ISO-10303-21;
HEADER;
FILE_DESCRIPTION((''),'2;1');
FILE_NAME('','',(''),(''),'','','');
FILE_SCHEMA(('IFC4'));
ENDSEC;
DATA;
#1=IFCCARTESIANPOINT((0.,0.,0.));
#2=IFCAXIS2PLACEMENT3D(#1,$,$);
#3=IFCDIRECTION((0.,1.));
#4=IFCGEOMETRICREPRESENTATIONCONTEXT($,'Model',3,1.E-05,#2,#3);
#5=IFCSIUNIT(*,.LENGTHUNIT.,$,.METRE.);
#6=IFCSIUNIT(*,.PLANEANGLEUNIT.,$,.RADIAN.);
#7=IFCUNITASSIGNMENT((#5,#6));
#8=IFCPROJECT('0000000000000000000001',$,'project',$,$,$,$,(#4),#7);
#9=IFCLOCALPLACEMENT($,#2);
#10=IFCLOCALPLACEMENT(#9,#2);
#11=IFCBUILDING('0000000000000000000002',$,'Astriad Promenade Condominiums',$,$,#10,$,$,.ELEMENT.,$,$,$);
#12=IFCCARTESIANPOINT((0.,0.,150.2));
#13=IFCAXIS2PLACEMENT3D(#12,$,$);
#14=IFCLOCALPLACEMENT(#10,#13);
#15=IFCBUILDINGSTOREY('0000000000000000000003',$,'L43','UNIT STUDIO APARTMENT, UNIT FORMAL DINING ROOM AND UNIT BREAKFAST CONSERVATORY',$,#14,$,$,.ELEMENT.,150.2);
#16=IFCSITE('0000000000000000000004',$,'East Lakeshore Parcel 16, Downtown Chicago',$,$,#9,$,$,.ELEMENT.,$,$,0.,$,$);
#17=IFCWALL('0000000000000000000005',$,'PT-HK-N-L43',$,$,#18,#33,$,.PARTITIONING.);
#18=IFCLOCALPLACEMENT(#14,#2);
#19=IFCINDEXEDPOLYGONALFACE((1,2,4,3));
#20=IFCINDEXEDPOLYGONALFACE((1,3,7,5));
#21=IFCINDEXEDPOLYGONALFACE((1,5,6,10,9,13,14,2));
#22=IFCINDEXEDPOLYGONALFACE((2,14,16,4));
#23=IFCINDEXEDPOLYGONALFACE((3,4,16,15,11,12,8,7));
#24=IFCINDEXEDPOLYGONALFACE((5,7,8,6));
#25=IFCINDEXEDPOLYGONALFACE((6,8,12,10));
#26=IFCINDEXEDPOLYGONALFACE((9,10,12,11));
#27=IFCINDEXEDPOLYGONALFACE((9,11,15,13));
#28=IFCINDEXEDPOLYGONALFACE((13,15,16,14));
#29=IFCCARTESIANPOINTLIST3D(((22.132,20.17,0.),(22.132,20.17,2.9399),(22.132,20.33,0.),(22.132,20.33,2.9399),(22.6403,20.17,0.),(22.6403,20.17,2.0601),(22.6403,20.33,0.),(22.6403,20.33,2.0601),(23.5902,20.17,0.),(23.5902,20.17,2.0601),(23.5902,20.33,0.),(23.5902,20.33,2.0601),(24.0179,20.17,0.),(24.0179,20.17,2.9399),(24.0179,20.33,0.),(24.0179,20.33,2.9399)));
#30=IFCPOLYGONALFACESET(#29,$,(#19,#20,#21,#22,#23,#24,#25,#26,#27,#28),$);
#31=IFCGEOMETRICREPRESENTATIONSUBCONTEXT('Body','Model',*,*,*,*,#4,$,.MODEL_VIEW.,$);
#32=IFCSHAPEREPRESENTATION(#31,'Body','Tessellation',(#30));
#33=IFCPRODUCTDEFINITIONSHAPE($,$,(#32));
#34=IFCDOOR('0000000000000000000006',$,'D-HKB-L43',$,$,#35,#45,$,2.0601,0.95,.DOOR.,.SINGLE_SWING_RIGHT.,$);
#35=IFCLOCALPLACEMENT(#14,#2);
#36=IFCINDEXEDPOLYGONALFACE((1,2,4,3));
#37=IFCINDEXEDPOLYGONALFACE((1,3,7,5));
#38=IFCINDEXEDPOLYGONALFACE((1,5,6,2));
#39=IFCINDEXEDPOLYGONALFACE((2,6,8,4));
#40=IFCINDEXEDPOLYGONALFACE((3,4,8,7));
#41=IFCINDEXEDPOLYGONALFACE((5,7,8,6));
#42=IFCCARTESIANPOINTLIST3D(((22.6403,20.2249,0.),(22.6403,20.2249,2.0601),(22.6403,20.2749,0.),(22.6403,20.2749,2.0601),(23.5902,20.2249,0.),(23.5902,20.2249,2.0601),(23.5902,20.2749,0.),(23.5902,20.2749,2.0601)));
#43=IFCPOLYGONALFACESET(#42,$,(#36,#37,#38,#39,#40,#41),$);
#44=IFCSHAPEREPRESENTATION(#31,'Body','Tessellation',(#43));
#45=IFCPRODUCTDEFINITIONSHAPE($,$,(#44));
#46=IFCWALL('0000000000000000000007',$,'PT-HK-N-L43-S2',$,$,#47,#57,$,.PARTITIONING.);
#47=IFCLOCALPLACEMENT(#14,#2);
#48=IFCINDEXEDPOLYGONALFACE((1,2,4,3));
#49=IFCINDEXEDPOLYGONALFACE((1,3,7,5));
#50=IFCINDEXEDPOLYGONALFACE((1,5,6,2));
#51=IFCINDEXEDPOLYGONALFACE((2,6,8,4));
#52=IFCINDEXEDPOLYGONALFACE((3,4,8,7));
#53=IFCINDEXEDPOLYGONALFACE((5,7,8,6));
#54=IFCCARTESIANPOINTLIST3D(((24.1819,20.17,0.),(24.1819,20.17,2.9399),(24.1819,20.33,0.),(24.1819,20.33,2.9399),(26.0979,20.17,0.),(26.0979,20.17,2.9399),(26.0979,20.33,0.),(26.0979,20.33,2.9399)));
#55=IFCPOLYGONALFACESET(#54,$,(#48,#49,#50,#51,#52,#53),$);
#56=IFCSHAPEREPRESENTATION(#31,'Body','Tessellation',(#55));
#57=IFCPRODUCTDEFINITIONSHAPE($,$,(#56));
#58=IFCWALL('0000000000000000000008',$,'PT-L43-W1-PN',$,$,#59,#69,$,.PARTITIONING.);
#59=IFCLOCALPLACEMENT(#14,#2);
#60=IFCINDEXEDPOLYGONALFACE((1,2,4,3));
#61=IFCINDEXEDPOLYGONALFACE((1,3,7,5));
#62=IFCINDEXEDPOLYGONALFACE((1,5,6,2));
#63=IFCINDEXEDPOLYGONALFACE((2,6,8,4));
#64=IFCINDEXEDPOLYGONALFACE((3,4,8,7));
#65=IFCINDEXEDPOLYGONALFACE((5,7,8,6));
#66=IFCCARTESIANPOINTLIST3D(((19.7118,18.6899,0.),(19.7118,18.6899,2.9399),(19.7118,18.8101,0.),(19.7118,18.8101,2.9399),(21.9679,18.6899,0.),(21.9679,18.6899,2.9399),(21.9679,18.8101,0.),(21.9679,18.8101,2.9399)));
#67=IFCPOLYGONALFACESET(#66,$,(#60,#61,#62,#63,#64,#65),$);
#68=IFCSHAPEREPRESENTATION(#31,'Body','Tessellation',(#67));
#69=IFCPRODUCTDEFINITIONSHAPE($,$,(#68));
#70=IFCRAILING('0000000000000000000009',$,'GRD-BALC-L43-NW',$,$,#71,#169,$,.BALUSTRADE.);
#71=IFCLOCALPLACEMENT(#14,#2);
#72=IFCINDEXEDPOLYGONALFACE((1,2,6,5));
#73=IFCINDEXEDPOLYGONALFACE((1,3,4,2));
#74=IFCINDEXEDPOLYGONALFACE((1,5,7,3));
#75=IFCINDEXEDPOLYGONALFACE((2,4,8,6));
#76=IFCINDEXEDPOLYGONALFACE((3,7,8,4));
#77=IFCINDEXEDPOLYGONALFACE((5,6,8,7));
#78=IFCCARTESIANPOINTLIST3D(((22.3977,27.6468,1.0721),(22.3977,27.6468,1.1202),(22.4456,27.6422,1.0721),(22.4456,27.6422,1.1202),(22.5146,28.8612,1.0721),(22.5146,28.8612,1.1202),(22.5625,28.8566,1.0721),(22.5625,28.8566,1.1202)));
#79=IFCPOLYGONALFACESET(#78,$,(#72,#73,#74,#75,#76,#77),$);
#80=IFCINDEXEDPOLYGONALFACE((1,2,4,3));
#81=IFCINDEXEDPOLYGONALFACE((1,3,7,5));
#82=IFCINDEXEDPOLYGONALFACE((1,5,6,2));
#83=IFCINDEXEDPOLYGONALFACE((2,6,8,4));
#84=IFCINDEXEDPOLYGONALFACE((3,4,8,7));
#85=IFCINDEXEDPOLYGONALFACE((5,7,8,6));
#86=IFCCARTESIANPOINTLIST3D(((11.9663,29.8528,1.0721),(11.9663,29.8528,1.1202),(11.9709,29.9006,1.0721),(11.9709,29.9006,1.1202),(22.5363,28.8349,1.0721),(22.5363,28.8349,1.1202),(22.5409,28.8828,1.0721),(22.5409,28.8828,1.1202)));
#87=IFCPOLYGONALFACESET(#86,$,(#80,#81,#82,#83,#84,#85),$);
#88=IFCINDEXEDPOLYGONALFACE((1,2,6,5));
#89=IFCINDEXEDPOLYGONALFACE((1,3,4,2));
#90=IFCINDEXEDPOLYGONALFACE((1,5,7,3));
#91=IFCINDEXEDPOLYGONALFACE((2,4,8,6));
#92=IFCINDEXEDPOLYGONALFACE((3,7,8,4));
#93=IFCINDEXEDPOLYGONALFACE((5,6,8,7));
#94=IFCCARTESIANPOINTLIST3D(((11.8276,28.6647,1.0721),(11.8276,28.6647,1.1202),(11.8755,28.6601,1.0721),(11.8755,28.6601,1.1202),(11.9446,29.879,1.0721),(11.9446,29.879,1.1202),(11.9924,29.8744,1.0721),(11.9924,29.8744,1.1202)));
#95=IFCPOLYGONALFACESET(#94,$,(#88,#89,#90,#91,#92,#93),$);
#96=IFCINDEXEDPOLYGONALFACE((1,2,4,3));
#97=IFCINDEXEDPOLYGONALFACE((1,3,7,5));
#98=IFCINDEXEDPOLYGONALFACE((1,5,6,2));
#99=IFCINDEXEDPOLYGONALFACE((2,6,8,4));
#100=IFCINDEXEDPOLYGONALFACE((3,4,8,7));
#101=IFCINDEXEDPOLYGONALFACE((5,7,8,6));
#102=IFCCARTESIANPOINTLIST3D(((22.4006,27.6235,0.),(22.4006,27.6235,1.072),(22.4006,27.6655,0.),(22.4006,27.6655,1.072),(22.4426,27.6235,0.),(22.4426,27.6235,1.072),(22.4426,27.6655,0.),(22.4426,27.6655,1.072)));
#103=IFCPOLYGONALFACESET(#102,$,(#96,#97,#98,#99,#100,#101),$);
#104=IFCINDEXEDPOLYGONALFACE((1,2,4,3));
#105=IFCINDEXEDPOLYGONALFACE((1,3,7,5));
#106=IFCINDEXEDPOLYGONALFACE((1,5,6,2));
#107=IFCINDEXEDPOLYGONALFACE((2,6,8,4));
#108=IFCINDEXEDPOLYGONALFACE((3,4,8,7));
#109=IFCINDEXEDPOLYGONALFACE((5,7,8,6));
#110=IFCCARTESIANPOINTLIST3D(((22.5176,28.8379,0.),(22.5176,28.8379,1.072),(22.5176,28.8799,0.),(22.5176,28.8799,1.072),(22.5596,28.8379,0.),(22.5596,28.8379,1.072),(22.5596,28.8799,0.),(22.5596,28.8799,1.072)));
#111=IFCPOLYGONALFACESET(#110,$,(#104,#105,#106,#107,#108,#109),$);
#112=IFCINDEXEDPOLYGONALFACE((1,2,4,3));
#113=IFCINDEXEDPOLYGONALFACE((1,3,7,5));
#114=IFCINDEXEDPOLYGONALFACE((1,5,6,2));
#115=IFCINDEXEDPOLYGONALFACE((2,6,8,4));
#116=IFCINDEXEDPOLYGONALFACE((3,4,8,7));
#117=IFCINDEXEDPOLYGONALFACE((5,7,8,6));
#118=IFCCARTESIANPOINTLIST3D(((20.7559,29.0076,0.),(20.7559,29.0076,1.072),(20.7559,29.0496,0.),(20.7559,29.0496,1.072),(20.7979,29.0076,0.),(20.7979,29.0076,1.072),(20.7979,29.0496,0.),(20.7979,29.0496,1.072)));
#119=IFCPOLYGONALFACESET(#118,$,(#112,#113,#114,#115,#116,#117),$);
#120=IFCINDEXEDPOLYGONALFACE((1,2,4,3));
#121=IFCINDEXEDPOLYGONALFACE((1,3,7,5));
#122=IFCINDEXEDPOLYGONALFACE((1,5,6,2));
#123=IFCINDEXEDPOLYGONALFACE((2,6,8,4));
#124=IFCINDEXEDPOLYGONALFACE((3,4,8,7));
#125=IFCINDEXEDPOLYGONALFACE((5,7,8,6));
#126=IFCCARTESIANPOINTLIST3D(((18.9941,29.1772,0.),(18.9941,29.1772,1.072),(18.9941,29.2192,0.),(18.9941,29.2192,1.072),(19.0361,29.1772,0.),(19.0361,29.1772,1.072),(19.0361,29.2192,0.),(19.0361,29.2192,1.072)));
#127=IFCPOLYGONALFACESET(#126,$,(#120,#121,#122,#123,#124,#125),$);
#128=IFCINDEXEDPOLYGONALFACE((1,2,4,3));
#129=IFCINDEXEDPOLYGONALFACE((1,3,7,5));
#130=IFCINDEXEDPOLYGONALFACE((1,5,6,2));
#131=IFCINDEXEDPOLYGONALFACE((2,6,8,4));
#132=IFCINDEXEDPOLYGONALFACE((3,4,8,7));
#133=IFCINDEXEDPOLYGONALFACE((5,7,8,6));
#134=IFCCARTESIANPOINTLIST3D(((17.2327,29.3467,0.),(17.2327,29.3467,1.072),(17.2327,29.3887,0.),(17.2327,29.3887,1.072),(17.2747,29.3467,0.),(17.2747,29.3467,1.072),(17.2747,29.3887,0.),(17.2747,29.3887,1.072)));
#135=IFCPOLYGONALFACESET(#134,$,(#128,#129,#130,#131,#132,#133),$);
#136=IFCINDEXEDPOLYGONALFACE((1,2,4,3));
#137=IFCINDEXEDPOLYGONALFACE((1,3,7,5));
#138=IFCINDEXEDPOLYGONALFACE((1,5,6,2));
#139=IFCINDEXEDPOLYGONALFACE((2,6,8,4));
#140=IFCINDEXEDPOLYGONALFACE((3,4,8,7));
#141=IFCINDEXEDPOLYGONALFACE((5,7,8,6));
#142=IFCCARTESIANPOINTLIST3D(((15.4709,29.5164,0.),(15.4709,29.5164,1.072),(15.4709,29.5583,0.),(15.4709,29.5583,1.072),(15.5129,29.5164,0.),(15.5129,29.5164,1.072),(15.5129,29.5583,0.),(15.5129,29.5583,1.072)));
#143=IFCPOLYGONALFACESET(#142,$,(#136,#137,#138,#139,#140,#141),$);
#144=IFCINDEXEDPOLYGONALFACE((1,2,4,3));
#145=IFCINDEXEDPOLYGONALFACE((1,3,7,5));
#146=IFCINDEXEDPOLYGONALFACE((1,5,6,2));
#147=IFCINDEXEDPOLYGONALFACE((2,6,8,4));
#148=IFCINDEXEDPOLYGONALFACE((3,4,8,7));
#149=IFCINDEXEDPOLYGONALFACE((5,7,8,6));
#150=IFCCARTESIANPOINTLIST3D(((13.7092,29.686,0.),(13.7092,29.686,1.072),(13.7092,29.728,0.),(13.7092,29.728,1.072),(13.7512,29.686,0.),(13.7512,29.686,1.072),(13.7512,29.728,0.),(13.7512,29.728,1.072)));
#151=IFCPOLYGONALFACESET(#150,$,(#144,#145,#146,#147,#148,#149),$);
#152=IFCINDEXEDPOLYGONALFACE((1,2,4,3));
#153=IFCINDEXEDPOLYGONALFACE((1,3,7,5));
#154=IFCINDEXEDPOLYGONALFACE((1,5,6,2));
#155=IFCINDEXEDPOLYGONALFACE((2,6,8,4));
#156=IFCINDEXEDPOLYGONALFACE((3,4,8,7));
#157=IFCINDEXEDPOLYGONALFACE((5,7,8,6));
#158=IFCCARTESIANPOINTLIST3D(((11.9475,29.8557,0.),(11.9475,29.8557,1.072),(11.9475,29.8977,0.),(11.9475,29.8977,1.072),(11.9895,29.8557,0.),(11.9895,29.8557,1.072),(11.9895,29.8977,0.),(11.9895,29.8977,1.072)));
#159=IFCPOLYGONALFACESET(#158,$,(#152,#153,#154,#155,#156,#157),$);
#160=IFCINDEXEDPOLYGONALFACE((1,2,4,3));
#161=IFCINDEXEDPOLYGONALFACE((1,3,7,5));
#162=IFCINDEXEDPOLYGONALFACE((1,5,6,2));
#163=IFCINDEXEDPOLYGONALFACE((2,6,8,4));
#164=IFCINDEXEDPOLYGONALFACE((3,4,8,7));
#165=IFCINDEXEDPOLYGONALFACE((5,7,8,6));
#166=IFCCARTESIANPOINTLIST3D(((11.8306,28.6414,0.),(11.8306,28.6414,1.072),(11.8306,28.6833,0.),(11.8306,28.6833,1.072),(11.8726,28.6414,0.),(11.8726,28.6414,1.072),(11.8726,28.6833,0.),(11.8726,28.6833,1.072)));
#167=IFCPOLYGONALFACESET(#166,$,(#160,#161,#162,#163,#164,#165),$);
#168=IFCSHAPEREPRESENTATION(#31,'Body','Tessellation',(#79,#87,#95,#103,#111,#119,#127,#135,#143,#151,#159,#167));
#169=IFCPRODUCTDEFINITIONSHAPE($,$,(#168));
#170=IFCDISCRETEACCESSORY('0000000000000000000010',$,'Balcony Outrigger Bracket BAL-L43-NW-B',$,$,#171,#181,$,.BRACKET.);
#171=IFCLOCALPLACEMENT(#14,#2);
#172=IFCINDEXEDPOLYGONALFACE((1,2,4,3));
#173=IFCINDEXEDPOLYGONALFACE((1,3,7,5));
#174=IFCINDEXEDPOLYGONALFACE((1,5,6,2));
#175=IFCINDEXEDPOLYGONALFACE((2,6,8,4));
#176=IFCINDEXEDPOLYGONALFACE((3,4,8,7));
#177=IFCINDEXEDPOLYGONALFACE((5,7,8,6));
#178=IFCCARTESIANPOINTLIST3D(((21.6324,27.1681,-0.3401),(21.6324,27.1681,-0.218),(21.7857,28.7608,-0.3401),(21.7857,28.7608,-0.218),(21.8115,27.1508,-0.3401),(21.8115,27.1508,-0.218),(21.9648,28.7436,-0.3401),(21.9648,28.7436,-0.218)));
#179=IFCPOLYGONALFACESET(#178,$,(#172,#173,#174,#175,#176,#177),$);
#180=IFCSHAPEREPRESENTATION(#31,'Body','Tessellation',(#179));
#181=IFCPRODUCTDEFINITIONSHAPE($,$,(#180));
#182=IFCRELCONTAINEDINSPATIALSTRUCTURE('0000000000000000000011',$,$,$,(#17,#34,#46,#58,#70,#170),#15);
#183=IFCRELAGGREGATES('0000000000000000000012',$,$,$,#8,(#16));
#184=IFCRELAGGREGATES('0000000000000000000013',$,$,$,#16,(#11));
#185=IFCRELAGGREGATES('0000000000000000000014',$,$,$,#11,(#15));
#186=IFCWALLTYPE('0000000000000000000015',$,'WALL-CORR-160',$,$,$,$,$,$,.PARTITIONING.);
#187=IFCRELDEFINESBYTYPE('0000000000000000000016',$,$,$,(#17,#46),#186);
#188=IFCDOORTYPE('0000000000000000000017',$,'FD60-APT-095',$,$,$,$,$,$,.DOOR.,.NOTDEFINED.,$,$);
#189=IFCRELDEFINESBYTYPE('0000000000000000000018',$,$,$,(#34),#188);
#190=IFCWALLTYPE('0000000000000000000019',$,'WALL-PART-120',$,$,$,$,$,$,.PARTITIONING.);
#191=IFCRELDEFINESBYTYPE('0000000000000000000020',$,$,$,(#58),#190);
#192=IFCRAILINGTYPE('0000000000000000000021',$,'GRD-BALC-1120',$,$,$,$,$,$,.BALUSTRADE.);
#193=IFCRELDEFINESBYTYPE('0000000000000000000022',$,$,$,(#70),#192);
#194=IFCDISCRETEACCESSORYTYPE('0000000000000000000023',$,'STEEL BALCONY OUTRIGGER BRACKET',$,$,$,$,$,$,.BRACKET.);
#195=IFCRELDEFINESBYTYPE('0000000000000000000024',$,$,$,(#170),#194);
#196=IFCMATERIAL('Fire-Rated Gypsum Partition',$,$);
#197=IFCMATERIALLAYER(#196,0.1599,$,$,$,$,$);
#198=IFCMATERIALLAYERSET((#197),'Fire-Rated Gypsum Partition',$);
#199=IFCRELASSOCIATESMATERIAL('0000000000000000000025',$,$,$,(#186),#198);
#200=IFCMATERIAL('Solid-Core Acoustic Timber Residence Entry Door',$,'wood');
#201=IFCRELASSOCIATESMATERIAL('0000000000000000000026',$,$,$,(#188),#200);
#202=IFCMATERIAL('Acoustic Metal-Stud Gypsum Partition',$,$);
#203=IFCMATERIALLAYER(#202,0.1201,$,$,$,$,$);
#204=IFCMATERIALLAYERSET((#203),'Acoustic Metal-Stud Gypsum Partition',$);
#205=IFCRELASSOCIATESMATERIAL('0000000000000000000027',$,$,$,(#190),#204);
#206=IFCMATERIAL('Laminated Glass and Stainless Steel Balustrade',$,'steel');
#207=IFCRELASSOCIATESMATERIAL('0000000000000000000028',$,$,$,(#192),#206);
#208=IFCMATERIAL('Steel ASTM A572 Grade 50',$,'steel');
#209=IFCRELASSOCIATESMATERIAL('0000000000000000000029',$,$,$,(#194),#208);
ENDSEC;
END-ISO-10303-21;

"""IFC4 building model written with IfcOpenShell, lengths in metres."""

from ifc_helpers import new_model, si_unit, direction, frame, frame_2d, origin, origin_2d, place, context, subcontext, project, spatial, rectangle, extrude, source, transform, mapped, material, layer, layer_set, type_object, type_shapes, element, fill, save


model = new_model("IFC4")

# Units and contexts
model_context = context("Model", 3, precision=1e-05, world=origin(), true_north=direction((0.0, 1.0)))
body_context = subcontext(model_context, "Body", "Model", "MODEL_VIEW")
ifc_project = project(units=[si_unit("LENGTHUNIT", "METRE"), si_unit("PLANEANGLEUNIT", "RADIAN")], contexts=[model_context])

# Site, building, storey
site_placement = place(None, origin())
site = spatial("IfcSite", under=ifc_project, at=site_placement, Name="East Lakeshore Parcel 16, Downtown Chicago", CompositionType="ELEMENT", RefElevation=0.0)
building_placement = place(site_placement, origin())
building = spatial("IfcBuilding", under=site, at=building_placement, Name="Astriad Promenade Condominiums", CompositionType="ELEMENT")
storey_placement = place(building_placement, frame((0.0, 0.0, 150.2)))
storey = spatial("IfcBuildingStorey", under=building, at=storey_placement, Name="L43", Description="UNIT STUDIO APARTMENT, UNIT FORMAL DINING ROOM AND UNIT BREAKFAST CONSERVATORY", CompositionType="ELEMENT", Elevation=150.2)

# Wall, opening, door
ifc_material_1 = material(Name="Fire-Rated Gypsum Partition")
ifc_layer_1 = layer(ifc_material_1, 0.1599)
ifc_layer_set_1 = layer_set([ifc_layer_1], Name="Fire-Rated Gypsum Partition")
wall_type_1 = type_object("IfcWallType", Name="WALL-CORR-160", PredefinedType="PARTITIONING", material=ifc_layer_set_1)
wall_1_placement = place(storey_placement, frame((22.1321, 20.25, 0.0), z_axis=(0.0, 0.0, 1.0), x_axis=(1.0, 0.0, 0.0)))
wall_1 = element("IfcWall", 1, at=wall_1_placement, inside=storey, type_object=wall_type_1, Name="PT-HK-N-L43", PredefinedType="PARTITIONING", context=body_context, shape_type="SweptSolid", body=[
    extrude(rectangle(XDim=1.886, YDim=0.1599, at=frame_2d((0.9429, 0.0))), origin(), (0.0, 0.0, 1.0), 2.9399),
])
opening_1_placement = place(wall_1_placement, frame((0.5081, 0.0, 0.0)))
opening_1 = element("IfcOpeningElement", 2, at=opening_1_placement, cuts=wall_1, PredefinedType="OPENING", context=body_context, shape_type="SweptSolid", body=[
    extrude(rectangle(XDim=0.95, YDim=2.0601, at=frame_2d((0.4751, 1.03))), frame((0.0, 0.0898, 0.0), z_axis=(0.0, -1.0, 0.0), x_axis=(1.0, 0.0, 0.0)), (0.0, 0.0, 1.0), 0.1799),
])
ifc_material_2 = material(Name="Solid-Core Acoustic Timber Residence Entry Door", Category="wood")
door_type_1 = type_object("IfcDoorType", Name="FD60-APT-095", OperationType="NOTDEFINED", PredefinedType="DOOR", material=ifc_material_2)
shared_shape_1 = source(origin(), body_context, "Body", "SweptSolid", [
    extrude(rectangle(XDim=0.95, YDim=2.0601, at=frame_2d((0.4751, 1.03))), frame((0.0, 0.0249, 0.0), z_axis=(0.0, -1.0, 0.0), x_axis=(1.0, 0.0, 0.0)), (0.0, 0.0, 1.0), 0.05),
])
type_shapes(door_type_1, [shared_shape_1])
door_1_placement = place(opening_1_placement, origin())
door_1 = element("IfcDoor", 3, at=door_1_placement, inside=storey, type_object=door_type_1, Name="D-HKB-L43", OperationType="SINGLE_SWING_RIGHT", OverallHeight=2.0601, OverallWidth=0.95, PredefinedType="DOOR", context=body_context, shape_type="MappedRepresentation", body=[
    mapped(shared_shape_1, transform((0.0, 0.0, 0.0), scale=1.0)),
])
fill(opening_1, door_1)

# Walls
wall_2_placement = place(storey_placement, frame((24.1819, 20.25, 0.0), z_axis=(0.0, 0.0, 1.0), x_axis=(1.0, 0.0, 0.0)))
element("IfcWall", 4, at=wall_2_placement, inside=storey, type_object=wall_type_1, Name="PT-HK-N-L43-S2", PredefinedType="PARTITIONING", context=body_context, shape_type="SweptSolid", body=[
    extrude(rectangle(XDim=1.916, YDim=0.1599, at=frame_2d((0.958, 0.0))), origin(), (0.0, 0.0, 1.0), 2.9399),
])
ifc_material_3 = material(Name="Acoustic Metal-Stud Gypsum Partition")
ifc_layer_2 = layer(ifc_material_3, 0.1201)
ifc_layer_set_2 = layer_set([ifc_layer_2], Name="Acoustic Metal-Stud Gypsum Partition")
wall_type_2 = type_object("IfcWallType", Name="WALL-PART-120", PredefinedType="PARTITIONING", material=ifc_layer_set_2)
wall_3_placement = place(storey_placement, frame((19.7119, 18.75, 0.0), z_axis=(0.0, 0.0, 1.0), x_axis=(1.0, 0.0, 0.0)))
element("IfcWall", 5, at=wall_3_placement, inside=storey, type_object=wall_type_2, Name="PT-L43-W1-PN", PredefinedType="PARTITIONING", context=body_context, shape_type="SweptSolid", body=[
    extrude(rectangle(XDim=2.2561, YDim=0.1201, at=frame_2d((1.1279, 0.0))), origin(), (0.0, 0.0, 1.0), 2.9399),
])

# Railing
ifc_material_4 = material(Name="Laminated Glass and Stainless Steel Balustrade", Category="steel")
railing_type = type_object("IfcRailingType", Name="GRD-BALC-1120", PredefinedType="BALUSTRADE", material=ifc_material_4)
shared_shape_2 = source(origin(), body_context, "Body", "SweptSolid", [
    extrude(rectangle(XDim=0.0481, YDim=0.0481, at=origin_2d()), frame((0.0, 0.0, 1.0962), z_axis=(0.095857, 0.995395, 0.0), x_axis=(-0.995395, 0.095857, 0.0)), (0.0, 0.0, 1.0), 1.22),
    extrude(rectangle(XDim=0.0481, YDim=0.0481, at=origin_2d()), frame((0.1169, 1.2144, 1.0962), z_axis=(-0.995396, 0.09585, 0.0), x_axis=(-0.09585, -0.995396, 0.0)), (0.0, 0.0, 1.0), 10.6189),
    extrude(rectangle(XDim=0.0481, YDim=0.0481, at=origin_2d()), frame((-10.4531, 2.2322, 1.0962), z_axis=(-0.095857, -0.995395, 0.0), x_axis=(0.995395, -0.095857, 0.0)), (0.0, 0.0, 1.0), 1.22),
    extrude(rectangle(XDim=0.042, YDim=0.042, at=origin_2d()), origin(), (0.0, 0.0, 1.0), 1.072),
    extrude(rectangle(XDim=0.042, YDim=0.042, at=origin_2d()), frame((0.1169, 1.2144, 0.0)), (0.0, 0.0, 1.0), 1.072),
    extrude(rectangle(XDim=0.042, YDim=0.042, at=origin_2d()), frame((-1.6448, 1.384, 0.0)), (0.0, 0.0, 1.0), 1.072),
    extrude(rectangle(XDim=0.042, YDim=0.042, at=origin_2d()), frame((-3.4065, 1.5537, 0.0)), (0.0, 0.0, 1.0), 1.072),
    extrude(rectangle(XDim=0.042, YDim=0.042, at=origin_2d()), frame((-5.168, 1.7231, 0.0)), (0.0, 0.0, 1.0), 1.072),
    extrude(rectangle(XDim=0.042, YDim=0.042, at=origin_2d()), frame((-6.9297, 1.8928, 0.0)), (0.0, 0.0, 1.0), 1.072),
    extrude(rectangle(XDim=0.042, YDim=0.042, at=origin_2d()), frame((-8.6914, 2.0625, 0.0)), (0.0, 0.0, 1.0), 1.072),
    extrude(rectangle(XDim=0.042, YDim=0.042, at=origin_2d()), frame((-10.4531, 2.2322, 0.0)), (0.0, 0.0, 1.0), 1.072),
    extrude(rectangle(XDim=0.042, YDim=0.042, at=origin_2d()), frame((-10.5701, 1.0178, 0.0)), (0.0, 0.0, 1.0), 1.072),
])
type_shapes(railing_type, [shared_shape_2])
railing_placement = place(storey_placement, frame((22.4216, 27.6445, 0.0)))
element("IfcRailing", 6, at=railing_placement, inside=storey, type_object=railing_type, Name="GRD-BALC-L43-NW", PredefinedType="BALUSTRADE", context=body_context, shape_type="MappedRepresentation", body=[
    mapped(shared_shape_2, transform((0.0, 0.0, 0.0), scale=1.0)),
])

# Discrete accessory
ifc_material_5 = material(Name="Steel ASTM A572 Grade 50", Category="steel")
discrete_accessory_type = type_object("IfcDiscreteAccessoryType", Name="STEEL BALCONY OUTRIGGER BRACKET", PredefinedType="BRACKET", material=ifc_material_5)
shared_shape_3 = source(origin(), body_context, "Body", "SweptSolid", [
    extrude(rectangle(XDim=1.6001, YDim=0.1799, at=origin_2d()), origin(), (0.0, 0.0, 1.0), 0.1221),
])
type_shapes(discrete_accessory_type, [shared_shape_3])
discrete_accessory_placement = place(storey_placement, frame((21.7986, 27.9558, -0.3401), z_axis=(0.0, 0.0, 1.0), x_axis=(0.095846, 0.995396, 0.0)))
element("IfcDiscreteAccessory", 7, at=discrete_accessory_placement, inside=storey, type_object=discrete_accessory_type, Name="Balcony Outrigger Bracket BAL-L43-NW-B", PredefinedType="BRACKET", context=body_context, shape_type="MappedRepresentation", body=[
    mapped(shared_shape_3, transform((0.0, 0.0, 0.0), scale=1.0)),
])

save(model, "model.ifc")
